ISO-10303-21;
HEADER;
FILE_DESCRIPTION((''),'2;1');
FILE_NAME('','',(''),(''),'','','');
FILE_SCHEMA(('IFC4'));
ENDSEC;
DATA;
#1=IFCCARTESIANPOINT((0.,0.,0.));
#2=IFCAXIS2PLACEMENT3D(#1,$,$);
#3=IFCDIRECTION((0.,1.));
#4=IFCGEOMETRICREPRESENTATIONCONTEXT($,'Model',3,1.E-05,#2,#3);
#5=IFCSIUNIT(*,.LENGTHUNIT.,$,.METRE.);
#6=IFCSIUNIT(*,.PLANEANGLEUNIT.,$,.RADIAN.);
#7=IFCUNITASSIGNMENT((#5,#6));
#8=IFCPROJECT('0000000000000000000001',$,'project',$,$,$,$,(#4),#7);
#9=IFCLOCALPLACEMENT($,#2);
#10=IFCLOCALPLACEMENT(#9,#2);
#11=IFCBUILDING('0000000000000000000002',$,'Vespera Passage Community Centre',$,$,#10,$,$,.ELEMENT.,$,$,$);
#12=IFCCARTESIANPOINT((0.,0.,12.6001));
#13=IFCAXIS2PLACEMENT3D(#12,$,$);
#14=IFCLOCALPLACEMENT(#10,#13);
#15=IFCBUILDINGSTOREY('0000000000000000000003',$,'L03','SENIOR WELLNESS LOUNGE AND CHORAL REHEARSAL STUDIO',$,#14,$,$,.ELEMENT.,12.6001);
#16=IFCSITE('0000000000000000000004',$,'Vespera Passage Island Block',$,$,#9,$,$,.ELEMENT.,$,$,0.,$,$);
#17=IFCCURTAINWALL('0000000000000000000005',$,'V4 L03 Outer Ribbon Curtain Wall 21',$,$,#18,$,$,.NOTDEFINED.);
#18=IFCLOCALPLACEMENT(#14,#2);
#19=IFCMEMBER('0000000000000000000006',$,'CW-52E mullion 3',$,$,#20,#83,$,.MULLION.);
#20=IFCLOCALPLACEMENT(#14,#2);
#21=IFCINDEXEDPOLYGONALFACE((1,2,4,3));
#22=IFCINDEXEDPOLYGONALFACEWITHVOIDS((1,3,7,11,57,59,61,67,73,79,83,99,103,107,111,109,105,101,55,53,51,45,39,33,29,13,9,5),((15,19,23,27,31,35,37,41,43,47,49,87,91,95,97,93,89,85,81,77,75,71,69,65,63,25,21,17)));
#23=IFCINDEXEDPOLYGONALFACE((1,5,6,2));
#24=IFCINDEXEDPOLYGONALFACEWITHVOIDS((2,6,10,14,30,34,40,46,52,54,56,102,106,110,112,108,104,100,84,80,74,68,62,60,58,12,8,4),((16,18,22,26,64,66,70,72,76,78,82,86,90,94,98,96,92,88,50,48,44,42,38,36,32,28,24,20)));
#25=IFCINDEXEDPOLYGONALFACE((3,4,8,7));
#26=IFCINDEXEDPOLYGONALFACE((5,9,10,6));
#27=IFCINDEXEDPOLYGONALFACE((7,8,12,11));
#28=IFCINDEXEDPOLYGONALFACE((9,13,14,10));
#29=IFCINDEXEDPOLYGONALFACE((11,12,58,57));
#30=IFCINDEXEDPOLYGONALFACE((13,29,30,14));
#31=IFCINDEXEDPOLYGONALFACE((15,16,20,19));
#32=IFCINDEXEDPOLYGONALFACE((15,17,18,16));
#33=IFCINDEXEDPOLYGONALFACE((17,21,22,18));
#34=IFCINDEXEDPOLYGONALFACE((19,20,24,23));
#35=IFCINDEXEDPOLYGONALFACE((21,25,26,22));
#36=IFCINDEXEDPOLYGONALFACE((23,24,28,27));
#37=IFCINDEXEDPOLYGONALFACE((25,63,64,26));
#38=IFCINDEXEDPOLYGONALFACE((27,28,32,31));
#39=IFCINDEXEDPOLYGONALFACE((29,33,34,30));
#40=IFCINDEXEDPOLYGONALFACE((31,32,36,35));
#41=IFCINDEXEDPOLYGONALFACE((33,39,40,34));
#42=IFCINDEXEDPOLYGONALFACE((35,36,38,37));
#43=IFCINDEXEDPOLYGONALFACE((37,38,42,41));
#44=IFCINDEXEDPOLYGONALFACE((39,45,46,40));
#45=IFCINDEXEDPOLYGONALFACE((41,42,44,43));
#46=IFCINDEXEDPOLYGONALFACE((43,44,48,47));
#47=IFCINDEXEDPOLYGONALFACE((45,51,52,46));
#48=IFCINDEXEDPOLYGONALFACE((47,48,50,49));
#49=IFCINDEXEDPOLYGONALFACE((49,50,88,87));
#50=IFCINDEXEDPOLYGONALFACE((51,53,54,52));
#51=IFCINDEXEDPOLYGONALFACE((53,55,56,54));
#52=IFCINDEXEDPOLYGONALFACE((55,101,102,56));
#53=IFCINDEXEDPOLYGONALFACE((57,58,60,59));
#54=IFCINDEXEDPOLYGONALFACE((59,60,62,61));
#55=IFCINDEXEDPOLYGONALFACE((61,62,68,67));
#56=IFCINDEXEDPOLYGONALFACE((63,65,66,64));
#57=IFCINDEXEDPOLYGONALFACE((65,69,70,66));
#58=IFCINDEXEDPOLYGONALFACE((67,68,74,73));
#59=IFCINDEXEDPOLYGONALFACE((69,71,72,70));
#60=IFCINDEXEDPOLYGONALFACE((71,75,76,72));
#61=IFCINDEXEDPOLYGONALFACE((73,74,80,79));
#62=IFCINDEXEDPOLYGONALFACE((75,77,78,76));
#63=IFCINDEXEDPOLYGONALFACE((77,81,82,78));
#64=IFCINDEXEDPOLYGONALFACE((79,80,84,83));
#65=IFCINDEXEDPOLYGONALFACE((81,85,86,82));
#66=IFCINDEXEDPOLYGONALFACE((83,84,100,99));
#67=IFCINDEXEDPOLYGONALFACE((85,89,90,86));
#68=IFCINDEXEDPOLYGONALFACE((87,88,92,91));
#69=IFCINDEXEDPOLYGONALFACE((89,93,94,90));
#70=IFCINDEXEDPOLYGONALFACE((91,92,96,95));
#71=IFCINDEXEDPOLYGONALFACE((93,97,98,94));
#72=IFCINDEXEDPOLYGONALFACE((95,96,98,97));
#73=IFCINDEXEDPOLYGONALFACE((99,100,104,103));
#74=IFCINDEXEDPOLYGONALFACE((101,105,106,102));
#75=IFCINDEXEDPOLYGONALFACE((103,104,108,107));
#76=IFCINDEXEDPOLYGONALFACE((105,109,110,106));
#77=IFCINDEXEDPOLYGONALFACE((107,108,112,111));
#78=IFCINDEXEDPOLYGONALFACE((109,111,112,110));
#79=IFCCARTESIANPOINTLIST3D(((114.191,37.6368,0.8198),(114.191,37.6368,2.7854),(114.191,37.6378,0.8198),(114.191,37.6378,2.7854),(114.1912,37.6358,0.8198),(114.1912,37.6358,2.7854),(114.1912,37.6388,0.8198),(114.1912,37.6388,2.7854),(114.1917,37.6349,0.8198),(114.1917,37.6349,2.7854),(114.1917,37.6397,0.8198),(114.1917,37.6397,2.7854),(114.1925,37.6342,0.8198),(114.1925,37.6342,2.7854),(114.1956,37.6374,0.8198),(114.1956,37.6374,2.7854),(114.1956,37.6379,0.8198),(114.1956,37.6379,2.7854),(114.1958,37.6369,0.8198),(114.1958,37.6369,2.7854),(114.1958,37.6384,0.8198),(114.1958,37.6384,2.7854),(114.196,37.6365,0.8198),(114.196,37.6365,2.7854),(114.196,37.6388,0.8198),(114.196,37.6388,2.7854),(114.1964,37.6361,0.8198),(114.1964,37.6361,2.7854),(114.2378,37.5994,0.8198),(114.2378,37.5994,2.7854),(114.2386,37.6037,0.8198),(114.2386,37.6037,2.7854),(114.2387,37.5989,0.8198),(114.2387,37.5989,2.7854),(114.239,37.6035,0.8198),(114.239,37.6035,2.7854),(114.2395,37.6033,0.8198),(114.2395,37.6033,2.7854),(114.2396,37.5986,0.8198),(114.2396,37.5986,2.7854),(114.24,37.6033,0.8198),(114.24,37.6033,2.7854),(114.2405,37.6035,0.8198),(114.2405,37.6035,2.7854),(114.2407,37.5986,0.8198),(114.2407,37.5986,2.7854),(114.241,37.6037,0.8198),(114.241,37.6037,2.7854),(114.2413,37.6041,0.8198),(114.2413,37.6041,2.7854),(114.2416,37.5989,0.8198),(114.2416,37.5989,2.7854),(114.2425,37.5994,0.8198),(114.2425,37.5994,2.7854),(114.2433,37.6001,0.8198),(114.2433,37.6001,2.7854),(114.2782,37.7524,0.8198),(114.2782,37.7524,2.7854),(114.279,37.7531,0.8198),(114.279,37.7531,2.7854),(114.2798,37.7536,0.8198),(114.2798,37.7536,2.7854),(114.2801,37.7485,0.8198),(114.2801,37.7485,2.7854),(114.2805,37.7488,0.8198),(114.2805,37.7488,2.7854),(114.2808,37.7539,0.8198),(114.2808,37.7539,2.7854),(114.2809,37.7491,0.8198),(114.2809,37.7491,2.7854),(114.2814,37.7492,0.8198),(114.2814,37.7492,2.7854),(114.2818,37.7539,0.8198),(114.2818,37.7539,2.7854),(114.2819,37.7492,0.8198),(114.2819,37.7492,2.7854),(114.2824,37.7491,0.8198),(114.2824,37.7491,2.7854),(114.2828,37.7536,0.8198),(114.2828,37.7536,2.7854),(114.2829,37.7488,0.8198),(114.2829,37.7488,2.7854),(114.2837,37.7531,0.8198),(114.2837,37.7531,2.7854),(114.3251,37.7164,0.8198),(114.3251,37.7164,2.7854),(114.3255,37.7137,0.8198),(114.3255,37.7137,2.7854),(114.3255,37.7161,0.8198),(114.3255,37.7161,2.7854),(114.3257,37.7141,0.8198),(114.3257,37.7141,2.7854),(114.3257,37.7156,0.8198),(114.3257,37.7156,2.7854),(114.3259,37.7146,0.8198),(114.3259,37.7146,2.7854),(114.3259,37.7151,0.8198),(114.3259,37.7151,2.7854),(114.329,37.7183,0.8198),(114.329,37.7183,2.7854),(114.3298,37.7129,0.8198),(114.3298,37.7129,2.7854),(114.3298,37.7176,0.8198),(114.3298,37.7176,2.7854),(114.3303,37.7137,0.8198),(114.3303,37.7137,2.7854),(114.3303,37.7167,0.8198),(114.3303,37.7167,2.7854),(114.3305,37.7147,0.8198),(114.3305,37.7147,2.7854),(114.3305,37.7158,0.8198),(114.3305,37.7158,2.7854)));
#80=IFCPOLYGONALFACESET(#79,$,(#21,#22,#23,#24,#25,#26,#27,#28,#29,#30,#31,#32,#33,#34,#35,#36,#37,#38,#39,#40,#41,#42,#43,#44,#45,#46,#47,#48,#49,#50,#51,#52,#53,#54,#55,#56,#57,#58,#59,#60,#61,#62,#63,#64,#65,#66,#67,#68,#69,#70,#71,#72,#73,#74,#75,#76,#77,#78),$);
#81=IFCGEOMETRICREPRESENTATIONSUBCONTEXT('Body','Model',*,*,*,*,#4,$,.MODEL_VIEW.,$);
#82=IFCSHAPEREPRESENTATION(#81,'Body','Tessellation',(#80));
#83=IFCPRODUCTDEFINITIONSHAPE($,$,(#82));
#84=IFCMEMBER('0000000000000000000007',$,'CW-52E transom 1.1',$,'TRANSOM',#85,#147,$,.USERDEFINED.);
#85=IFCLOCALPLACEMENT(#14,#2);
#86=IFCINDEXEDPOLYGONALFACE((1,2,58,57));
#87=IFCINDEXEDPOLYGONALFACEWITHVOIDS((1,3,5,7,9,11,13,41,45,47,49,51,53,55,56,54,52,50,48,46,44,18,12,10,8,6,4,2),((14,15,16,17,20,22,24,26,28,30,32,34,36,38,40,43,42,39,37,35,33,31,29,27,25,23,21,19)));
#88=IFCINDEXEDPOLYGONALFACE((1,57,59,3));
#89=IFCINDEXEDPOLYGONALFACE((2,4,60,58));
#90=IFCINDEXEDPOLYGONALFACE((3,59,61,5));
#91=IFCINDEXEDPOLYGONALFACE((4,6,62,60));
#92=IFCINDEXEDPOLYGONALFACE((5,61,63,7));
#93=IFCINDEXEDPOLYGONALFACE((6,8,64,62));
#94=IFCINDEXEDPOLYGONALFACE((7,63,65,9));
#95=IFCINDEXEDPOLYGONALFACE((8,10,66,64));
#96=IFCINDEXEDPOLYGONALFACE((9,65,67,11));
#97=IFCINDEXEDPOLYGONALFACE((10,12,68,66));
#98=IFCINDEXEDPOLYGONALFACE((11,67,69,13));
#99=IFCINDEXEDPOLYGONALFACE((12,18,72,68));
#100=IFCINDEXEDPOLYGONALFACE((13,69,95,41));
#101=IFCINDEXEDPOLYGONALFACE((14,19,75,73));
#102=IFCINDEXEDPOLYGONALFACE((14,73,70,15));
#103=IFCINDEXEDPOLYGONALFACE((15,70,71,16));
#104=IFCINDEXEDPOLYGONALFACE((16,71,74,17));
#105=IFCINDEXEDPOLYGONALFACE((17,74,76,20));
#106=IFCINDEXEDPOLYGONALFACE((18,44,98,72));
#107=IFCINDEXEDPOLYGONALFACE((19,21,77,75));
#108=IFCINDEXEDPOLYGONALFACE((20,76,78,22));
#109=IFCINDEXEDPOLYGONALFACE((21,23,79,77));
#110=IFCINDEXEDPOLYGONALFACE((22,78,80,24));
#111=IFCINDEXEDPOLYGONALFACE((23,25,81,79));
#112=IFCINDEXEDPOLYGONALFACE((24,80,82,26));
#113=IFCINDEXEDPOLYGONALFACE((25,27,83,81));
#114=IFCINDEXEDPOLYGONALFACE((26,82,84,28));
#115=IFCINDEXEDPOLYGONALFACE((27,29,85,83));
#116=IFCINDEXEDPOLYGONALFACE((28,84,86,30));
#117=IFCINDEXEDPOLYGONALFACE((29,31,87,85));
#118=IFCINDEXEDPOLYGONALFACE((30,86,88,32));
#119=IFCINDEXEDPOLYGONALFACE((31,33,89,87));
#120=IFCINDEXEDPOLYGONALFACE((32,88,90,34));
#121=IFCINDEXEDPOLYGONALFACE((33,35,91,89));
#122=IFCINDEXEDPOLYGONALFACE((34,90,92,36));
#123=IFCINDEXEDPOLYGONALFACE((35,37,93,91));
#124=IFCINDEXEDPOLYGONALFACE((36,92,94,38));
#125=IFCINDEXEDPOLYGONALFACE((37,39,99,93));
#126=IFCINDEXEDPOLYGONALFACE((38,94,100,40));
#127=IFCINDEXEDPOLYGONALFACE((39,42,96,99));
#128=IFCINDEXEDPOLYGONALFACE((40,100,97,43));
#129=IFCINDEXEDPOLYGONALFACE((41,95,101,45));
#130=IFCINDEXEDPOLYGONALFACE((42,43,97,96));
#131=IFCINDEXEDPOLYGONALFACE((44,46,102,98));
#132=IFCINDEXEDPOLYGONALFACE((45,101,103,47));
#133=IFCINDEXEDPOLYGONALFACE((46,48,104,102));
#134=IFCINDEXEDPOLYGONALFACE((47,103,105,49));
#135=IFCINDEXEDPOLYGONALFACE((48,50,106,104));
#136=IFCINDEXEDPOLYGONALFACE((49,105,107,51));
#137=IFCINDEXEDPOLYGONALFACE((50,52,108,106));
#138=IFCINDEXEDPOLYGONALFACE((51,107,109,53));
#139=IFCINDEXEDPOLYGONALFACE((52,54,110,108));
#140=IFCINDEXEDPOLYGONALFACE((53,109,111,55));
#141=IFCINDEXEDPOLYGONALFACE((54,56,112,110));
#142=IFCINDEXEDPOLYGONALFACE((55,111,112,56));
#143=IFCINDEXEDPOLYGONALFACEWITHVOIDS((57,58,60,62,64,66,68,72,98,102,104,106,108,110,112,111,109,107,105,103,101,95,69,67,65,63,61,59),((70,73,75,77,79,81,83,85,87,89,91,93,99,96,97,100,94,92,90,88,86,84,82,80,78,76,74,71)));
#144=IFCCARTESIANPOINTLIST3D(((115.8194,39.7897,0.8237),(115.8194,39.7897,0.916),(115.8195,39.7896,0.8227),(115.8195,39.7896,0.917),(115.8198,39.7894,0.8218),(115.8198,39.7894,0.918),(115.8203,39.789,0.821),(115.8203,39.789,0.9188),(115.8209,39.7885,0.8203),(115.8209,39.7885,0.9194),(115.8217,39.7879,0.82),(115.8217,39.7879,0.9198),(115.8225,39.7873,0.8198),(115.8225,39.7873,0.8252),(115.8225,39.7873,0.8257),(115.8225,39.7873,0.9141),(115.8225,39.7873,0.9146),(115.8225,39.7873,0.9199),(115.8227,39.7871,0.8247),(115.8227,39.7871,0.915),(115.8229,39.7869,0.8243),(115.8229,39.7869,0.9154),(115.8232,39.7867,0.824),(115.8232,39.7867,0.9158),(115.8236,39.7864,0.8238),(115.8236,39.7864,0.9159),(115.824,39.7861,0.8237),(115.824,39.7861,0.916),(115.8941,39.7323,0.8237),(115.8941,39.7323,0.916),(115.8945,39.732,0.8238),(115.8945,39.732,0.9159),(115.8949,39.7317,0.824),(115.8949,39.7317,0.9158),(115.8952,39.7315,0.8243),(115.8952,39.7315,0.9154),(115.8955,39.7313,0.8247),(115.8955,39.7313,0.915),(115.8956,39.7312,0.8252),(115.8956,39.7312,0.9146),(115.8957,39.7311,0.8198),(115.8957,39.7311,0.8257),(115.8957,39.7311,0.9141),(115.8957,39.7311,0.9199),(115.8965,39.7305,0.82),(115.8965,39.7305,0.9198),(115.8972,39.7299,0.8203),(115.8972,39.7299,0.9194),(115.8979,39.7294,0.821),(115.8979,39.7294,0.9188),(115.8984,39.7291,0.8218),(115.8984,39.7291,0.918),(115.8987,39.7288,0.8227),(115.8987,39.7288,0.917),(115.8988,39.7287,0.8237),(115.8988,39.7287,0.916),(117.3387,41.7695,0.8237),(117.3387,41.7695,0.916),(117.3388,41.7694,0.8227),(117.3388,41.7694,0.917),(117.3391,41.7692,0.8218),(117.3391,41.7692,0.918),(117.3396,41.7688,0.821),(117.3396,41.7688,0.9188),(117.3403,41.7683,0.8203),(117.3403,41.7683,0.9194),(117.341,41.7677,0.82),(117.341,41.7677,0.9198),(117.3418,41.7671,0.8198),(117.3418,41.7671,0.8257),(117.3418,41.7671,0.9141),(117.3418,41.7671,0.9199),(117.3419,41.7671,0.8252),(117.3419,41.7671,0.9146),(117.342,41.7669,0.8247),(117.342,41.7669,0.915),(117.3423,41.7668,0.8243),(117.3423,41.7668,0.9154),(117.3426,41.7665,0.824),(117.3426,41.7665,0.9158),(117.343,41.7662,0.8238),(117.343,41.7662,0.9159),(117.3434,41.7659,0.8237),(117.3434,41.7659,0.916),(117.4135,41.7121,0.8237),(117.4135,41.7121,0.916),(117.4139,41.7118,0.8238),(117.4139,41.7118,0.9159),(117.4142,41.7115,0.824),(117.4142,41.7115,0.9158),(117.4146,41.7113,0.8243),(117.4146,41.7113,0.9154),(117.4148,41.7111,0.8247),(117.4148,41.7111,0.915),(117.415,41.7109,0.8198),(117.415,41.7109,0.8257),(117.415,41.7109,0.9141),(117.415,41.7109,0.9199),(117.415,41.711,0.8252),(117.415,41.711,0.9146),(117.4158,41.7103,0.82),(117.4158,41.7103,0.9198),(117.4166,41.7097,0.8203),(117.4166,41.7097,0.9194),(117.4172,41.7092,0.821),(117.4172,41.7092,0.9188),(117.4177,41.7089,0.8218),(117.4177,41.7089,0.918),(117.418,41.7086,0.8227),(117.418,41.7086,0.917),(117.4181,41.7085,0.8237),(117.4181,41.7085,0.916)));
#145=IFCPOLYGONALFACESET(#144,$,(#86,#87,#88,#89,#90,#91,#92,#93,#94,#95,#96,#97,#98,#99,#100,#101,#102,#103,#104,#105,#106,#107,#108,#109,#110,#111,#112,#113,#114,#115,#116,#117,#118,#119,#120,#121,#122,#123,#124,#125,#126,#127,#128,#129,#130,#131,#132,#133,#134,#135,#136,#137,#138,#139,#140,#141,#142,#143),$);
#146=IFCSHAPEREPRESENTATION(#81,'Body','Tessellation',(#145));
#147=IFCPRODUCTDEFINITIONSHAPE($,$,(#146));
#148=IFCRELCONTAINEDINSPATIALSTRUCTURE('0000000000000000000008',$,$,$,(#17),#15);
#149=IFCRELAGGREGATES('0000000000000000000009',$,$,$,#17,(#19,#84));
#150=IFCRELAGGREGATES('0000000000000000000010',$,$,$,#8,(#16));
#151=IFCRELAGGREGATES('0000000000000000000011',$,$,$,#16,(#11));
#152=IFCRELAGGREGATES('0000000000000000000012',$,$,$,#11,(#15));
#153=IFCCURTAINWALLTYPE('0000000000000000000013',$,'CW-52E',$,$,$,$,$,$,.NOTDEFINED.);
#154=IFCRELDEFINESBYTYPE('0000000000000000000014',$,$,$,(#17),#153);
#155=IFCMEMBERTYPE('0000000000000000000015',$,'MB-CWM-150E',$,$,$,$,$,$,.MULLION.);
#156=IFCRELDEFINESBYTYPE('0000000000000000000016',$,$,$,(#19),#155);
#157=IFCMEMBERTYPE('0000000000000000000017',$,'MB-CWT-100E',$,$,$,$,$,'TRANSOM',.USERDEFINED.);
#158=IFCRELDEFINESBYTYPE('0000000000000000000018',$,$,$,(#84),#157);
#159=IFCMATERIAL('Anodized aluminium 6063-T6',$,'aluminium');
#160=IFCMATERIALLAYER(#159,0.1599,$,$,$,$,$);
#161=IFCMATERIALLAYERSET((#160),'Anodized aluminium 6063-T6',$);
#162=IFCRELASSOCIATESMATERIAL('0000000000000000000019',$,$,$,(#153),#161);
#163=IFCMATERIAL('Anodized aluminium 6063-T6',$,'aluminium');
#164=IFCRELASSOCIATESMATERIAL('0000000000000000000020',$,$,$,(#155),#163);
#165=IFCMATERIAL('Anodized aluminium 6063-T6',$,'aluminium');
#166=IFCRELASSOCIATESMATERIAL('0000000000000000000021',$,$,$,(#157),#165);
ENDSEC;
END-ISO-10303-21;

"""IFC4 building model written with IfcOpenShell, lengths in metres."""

from ifc_helpers import new_model, si_unit, direction, frame, origin, origin_2d, place, context, subcontext, project, spatial, hollow_rectangle, extrude, material, layer, layer_set, material_profile, profile_set, type_object, element, aggregate, save


model = new_model("IFC4")

# Units and contexts
model_context = context("Model", 3, precision=1e-05, world=origin(), true_north=direction((0.0, 1.0)))
body_context = subcontext(model_context, "Body", "Model", "MODEL_VIEW")
ifc_project = project(units=[si_unit("LENGTHUNIT", "METRE"), si_unit("PLANEANGLEUNIT", "RADIAN")], contexts=[model_context])

# Site, building, storey
site_placement = place(None, origin())
site = spatial("IfcSite", under=ifc_project, at=site_placement, Name="Vespera Passage Island Block", CompositionType="ELEMENT", RefElevation=0.0)
building_placement = place(site_placement, origin())
building = spatial("IfcBuilding", under=site, at=building_placement, Name="Vespera Passage Community Centre", CompositionType="ELEMENT")
storey_placement = place(building_placement, frame((0.0, 0.0, 12.6001)))
storey = spatial("IfcBuildingStorey", under=building, at=storey_placement, Name="L03", Description="SENIOR WELLNESS LOUNGE AND CHORAL REHEARSAL STUDIO", CompositionType="ELEMENT", Elevation=12.6001)

# Curtain wall, members
ifc_material_1 = material(Name="Anodized aluminium 6063-T6", Category="aluminium")
ifc_layer_1 = layer(ifc_material_1, 0.1599)
ifc_layer_set_1 = layer_set([ifc_layer_1], Name="Anodized aluminium 6063-T6")
curtain_wall_type = type_object("IfcCurtainWallType", Name="CW-52E", PredefinedType="NOTDEFINED", material=ifc_layer_set_1)
curtain_wall_placement = place(storey_placement, origin())
curtain_wall = element("IfcCurtainWall", 1, at=curtain_wall_placement, inside=storey, type_object=curtain_wall_type, Name="V4 L03 Outer Ribbon Curtain Wall 21", PredefinedType="NOTDEFINED")
ifc_material_2 = material(Name="Anodized aluminium 6063-T6", Category="aluminium")
ifc_material_profile_1 = material_profile(ifc_material_2, hollow_rectangle(XDim=0.0649, YDim=0.1499, WallThickness=0.0039, InnerFilletRadius=0.002, OuterFilletRadius=0.0039, at=origin_2d()), Name="ALU150X65X4")
ifc_profile_set_1 = profile_set([ifc_material_profile_1], Name="Anodized aluminium 6063-T6")
member_type_1 = type_object("IfcMemberType", Name="MB-CWM-150E", PredefinedType="MULLION", material=ifc_profile_set_1)
member_1_placement = place(storey_placement, frame((114.2607, 37.6763, 0.8198), z_axis=(0.0, 0.0, 1.0), x_axis=(0.79335, -0.608765, 0.0)))
member_1 = element("IfcMember", 2, at=member_1_placement, type_object=member_type_1, Name="CW-52E mullion 3", PredefinedType="MULLION", context=body_context, shape_type="SweptSolid", body=[
    extrude(hollow_rectangle(XDim=0.0649, YDim=0.1499, WallThickness=0.0039, InnerFilletRadius=0.002, OuterFilletRadius=0.0039, at=origin_2d()), origin(), (0.0, 0.0, 1.0), 1.9656),
])
ifc_material_3 = material(Name="Anodized aluminium 6063-T6", Category="aluminium")
ifc_material_profile_2 = material_profile(ifc_material_3, hollow_rectangle(XDim=0.1001, YDim=0.1001, WallThickness=0.0039, InnerFilletRadius=0.002, OuterFilletRadius=0.0039, at=origin_2d()), Name="ALU100X100X4")
ifc_profile_set_2 = profile_set([ifc_material_profile_2], Name="Anodized aluminium 6063-T6")
member_type_2 = type_object("IfcMemberType", Name="MB-CWT-100E", ElementType="TRANSOM", PredefinedType="USERDEFINED", material=ifc_profile_set_2)
member_2_placement = place(storey_placement, frame((117.3784, 41.739, 0.8699), z_axis=(-0.608807, -0.793318, 0.0), x_axis=(0.793318, -0.608807, 0.0)))
member_2 = element("IfcMember", 3, at=member_2_placement, type_object=member_type_2, Name="CW-52E transom 1.1", ObjectType="TRANSOM", PredefinedType="USERDEFINED", context=body_context, shape_type="SweptSolid", body=[
    extrude(hollow_rectangle(XDim=0.1001, YDim=0.1001, WallThickness=0.0039, InnerFilletRadius=0.002, OuterFilletRadius=0.0039, at=origin_2d()), origin(), (0.0, 0.0, 1.0), 2.4956),
])
aggregate(curtain_wall, [member_1, member_2])

save(model, "model.ifc")
